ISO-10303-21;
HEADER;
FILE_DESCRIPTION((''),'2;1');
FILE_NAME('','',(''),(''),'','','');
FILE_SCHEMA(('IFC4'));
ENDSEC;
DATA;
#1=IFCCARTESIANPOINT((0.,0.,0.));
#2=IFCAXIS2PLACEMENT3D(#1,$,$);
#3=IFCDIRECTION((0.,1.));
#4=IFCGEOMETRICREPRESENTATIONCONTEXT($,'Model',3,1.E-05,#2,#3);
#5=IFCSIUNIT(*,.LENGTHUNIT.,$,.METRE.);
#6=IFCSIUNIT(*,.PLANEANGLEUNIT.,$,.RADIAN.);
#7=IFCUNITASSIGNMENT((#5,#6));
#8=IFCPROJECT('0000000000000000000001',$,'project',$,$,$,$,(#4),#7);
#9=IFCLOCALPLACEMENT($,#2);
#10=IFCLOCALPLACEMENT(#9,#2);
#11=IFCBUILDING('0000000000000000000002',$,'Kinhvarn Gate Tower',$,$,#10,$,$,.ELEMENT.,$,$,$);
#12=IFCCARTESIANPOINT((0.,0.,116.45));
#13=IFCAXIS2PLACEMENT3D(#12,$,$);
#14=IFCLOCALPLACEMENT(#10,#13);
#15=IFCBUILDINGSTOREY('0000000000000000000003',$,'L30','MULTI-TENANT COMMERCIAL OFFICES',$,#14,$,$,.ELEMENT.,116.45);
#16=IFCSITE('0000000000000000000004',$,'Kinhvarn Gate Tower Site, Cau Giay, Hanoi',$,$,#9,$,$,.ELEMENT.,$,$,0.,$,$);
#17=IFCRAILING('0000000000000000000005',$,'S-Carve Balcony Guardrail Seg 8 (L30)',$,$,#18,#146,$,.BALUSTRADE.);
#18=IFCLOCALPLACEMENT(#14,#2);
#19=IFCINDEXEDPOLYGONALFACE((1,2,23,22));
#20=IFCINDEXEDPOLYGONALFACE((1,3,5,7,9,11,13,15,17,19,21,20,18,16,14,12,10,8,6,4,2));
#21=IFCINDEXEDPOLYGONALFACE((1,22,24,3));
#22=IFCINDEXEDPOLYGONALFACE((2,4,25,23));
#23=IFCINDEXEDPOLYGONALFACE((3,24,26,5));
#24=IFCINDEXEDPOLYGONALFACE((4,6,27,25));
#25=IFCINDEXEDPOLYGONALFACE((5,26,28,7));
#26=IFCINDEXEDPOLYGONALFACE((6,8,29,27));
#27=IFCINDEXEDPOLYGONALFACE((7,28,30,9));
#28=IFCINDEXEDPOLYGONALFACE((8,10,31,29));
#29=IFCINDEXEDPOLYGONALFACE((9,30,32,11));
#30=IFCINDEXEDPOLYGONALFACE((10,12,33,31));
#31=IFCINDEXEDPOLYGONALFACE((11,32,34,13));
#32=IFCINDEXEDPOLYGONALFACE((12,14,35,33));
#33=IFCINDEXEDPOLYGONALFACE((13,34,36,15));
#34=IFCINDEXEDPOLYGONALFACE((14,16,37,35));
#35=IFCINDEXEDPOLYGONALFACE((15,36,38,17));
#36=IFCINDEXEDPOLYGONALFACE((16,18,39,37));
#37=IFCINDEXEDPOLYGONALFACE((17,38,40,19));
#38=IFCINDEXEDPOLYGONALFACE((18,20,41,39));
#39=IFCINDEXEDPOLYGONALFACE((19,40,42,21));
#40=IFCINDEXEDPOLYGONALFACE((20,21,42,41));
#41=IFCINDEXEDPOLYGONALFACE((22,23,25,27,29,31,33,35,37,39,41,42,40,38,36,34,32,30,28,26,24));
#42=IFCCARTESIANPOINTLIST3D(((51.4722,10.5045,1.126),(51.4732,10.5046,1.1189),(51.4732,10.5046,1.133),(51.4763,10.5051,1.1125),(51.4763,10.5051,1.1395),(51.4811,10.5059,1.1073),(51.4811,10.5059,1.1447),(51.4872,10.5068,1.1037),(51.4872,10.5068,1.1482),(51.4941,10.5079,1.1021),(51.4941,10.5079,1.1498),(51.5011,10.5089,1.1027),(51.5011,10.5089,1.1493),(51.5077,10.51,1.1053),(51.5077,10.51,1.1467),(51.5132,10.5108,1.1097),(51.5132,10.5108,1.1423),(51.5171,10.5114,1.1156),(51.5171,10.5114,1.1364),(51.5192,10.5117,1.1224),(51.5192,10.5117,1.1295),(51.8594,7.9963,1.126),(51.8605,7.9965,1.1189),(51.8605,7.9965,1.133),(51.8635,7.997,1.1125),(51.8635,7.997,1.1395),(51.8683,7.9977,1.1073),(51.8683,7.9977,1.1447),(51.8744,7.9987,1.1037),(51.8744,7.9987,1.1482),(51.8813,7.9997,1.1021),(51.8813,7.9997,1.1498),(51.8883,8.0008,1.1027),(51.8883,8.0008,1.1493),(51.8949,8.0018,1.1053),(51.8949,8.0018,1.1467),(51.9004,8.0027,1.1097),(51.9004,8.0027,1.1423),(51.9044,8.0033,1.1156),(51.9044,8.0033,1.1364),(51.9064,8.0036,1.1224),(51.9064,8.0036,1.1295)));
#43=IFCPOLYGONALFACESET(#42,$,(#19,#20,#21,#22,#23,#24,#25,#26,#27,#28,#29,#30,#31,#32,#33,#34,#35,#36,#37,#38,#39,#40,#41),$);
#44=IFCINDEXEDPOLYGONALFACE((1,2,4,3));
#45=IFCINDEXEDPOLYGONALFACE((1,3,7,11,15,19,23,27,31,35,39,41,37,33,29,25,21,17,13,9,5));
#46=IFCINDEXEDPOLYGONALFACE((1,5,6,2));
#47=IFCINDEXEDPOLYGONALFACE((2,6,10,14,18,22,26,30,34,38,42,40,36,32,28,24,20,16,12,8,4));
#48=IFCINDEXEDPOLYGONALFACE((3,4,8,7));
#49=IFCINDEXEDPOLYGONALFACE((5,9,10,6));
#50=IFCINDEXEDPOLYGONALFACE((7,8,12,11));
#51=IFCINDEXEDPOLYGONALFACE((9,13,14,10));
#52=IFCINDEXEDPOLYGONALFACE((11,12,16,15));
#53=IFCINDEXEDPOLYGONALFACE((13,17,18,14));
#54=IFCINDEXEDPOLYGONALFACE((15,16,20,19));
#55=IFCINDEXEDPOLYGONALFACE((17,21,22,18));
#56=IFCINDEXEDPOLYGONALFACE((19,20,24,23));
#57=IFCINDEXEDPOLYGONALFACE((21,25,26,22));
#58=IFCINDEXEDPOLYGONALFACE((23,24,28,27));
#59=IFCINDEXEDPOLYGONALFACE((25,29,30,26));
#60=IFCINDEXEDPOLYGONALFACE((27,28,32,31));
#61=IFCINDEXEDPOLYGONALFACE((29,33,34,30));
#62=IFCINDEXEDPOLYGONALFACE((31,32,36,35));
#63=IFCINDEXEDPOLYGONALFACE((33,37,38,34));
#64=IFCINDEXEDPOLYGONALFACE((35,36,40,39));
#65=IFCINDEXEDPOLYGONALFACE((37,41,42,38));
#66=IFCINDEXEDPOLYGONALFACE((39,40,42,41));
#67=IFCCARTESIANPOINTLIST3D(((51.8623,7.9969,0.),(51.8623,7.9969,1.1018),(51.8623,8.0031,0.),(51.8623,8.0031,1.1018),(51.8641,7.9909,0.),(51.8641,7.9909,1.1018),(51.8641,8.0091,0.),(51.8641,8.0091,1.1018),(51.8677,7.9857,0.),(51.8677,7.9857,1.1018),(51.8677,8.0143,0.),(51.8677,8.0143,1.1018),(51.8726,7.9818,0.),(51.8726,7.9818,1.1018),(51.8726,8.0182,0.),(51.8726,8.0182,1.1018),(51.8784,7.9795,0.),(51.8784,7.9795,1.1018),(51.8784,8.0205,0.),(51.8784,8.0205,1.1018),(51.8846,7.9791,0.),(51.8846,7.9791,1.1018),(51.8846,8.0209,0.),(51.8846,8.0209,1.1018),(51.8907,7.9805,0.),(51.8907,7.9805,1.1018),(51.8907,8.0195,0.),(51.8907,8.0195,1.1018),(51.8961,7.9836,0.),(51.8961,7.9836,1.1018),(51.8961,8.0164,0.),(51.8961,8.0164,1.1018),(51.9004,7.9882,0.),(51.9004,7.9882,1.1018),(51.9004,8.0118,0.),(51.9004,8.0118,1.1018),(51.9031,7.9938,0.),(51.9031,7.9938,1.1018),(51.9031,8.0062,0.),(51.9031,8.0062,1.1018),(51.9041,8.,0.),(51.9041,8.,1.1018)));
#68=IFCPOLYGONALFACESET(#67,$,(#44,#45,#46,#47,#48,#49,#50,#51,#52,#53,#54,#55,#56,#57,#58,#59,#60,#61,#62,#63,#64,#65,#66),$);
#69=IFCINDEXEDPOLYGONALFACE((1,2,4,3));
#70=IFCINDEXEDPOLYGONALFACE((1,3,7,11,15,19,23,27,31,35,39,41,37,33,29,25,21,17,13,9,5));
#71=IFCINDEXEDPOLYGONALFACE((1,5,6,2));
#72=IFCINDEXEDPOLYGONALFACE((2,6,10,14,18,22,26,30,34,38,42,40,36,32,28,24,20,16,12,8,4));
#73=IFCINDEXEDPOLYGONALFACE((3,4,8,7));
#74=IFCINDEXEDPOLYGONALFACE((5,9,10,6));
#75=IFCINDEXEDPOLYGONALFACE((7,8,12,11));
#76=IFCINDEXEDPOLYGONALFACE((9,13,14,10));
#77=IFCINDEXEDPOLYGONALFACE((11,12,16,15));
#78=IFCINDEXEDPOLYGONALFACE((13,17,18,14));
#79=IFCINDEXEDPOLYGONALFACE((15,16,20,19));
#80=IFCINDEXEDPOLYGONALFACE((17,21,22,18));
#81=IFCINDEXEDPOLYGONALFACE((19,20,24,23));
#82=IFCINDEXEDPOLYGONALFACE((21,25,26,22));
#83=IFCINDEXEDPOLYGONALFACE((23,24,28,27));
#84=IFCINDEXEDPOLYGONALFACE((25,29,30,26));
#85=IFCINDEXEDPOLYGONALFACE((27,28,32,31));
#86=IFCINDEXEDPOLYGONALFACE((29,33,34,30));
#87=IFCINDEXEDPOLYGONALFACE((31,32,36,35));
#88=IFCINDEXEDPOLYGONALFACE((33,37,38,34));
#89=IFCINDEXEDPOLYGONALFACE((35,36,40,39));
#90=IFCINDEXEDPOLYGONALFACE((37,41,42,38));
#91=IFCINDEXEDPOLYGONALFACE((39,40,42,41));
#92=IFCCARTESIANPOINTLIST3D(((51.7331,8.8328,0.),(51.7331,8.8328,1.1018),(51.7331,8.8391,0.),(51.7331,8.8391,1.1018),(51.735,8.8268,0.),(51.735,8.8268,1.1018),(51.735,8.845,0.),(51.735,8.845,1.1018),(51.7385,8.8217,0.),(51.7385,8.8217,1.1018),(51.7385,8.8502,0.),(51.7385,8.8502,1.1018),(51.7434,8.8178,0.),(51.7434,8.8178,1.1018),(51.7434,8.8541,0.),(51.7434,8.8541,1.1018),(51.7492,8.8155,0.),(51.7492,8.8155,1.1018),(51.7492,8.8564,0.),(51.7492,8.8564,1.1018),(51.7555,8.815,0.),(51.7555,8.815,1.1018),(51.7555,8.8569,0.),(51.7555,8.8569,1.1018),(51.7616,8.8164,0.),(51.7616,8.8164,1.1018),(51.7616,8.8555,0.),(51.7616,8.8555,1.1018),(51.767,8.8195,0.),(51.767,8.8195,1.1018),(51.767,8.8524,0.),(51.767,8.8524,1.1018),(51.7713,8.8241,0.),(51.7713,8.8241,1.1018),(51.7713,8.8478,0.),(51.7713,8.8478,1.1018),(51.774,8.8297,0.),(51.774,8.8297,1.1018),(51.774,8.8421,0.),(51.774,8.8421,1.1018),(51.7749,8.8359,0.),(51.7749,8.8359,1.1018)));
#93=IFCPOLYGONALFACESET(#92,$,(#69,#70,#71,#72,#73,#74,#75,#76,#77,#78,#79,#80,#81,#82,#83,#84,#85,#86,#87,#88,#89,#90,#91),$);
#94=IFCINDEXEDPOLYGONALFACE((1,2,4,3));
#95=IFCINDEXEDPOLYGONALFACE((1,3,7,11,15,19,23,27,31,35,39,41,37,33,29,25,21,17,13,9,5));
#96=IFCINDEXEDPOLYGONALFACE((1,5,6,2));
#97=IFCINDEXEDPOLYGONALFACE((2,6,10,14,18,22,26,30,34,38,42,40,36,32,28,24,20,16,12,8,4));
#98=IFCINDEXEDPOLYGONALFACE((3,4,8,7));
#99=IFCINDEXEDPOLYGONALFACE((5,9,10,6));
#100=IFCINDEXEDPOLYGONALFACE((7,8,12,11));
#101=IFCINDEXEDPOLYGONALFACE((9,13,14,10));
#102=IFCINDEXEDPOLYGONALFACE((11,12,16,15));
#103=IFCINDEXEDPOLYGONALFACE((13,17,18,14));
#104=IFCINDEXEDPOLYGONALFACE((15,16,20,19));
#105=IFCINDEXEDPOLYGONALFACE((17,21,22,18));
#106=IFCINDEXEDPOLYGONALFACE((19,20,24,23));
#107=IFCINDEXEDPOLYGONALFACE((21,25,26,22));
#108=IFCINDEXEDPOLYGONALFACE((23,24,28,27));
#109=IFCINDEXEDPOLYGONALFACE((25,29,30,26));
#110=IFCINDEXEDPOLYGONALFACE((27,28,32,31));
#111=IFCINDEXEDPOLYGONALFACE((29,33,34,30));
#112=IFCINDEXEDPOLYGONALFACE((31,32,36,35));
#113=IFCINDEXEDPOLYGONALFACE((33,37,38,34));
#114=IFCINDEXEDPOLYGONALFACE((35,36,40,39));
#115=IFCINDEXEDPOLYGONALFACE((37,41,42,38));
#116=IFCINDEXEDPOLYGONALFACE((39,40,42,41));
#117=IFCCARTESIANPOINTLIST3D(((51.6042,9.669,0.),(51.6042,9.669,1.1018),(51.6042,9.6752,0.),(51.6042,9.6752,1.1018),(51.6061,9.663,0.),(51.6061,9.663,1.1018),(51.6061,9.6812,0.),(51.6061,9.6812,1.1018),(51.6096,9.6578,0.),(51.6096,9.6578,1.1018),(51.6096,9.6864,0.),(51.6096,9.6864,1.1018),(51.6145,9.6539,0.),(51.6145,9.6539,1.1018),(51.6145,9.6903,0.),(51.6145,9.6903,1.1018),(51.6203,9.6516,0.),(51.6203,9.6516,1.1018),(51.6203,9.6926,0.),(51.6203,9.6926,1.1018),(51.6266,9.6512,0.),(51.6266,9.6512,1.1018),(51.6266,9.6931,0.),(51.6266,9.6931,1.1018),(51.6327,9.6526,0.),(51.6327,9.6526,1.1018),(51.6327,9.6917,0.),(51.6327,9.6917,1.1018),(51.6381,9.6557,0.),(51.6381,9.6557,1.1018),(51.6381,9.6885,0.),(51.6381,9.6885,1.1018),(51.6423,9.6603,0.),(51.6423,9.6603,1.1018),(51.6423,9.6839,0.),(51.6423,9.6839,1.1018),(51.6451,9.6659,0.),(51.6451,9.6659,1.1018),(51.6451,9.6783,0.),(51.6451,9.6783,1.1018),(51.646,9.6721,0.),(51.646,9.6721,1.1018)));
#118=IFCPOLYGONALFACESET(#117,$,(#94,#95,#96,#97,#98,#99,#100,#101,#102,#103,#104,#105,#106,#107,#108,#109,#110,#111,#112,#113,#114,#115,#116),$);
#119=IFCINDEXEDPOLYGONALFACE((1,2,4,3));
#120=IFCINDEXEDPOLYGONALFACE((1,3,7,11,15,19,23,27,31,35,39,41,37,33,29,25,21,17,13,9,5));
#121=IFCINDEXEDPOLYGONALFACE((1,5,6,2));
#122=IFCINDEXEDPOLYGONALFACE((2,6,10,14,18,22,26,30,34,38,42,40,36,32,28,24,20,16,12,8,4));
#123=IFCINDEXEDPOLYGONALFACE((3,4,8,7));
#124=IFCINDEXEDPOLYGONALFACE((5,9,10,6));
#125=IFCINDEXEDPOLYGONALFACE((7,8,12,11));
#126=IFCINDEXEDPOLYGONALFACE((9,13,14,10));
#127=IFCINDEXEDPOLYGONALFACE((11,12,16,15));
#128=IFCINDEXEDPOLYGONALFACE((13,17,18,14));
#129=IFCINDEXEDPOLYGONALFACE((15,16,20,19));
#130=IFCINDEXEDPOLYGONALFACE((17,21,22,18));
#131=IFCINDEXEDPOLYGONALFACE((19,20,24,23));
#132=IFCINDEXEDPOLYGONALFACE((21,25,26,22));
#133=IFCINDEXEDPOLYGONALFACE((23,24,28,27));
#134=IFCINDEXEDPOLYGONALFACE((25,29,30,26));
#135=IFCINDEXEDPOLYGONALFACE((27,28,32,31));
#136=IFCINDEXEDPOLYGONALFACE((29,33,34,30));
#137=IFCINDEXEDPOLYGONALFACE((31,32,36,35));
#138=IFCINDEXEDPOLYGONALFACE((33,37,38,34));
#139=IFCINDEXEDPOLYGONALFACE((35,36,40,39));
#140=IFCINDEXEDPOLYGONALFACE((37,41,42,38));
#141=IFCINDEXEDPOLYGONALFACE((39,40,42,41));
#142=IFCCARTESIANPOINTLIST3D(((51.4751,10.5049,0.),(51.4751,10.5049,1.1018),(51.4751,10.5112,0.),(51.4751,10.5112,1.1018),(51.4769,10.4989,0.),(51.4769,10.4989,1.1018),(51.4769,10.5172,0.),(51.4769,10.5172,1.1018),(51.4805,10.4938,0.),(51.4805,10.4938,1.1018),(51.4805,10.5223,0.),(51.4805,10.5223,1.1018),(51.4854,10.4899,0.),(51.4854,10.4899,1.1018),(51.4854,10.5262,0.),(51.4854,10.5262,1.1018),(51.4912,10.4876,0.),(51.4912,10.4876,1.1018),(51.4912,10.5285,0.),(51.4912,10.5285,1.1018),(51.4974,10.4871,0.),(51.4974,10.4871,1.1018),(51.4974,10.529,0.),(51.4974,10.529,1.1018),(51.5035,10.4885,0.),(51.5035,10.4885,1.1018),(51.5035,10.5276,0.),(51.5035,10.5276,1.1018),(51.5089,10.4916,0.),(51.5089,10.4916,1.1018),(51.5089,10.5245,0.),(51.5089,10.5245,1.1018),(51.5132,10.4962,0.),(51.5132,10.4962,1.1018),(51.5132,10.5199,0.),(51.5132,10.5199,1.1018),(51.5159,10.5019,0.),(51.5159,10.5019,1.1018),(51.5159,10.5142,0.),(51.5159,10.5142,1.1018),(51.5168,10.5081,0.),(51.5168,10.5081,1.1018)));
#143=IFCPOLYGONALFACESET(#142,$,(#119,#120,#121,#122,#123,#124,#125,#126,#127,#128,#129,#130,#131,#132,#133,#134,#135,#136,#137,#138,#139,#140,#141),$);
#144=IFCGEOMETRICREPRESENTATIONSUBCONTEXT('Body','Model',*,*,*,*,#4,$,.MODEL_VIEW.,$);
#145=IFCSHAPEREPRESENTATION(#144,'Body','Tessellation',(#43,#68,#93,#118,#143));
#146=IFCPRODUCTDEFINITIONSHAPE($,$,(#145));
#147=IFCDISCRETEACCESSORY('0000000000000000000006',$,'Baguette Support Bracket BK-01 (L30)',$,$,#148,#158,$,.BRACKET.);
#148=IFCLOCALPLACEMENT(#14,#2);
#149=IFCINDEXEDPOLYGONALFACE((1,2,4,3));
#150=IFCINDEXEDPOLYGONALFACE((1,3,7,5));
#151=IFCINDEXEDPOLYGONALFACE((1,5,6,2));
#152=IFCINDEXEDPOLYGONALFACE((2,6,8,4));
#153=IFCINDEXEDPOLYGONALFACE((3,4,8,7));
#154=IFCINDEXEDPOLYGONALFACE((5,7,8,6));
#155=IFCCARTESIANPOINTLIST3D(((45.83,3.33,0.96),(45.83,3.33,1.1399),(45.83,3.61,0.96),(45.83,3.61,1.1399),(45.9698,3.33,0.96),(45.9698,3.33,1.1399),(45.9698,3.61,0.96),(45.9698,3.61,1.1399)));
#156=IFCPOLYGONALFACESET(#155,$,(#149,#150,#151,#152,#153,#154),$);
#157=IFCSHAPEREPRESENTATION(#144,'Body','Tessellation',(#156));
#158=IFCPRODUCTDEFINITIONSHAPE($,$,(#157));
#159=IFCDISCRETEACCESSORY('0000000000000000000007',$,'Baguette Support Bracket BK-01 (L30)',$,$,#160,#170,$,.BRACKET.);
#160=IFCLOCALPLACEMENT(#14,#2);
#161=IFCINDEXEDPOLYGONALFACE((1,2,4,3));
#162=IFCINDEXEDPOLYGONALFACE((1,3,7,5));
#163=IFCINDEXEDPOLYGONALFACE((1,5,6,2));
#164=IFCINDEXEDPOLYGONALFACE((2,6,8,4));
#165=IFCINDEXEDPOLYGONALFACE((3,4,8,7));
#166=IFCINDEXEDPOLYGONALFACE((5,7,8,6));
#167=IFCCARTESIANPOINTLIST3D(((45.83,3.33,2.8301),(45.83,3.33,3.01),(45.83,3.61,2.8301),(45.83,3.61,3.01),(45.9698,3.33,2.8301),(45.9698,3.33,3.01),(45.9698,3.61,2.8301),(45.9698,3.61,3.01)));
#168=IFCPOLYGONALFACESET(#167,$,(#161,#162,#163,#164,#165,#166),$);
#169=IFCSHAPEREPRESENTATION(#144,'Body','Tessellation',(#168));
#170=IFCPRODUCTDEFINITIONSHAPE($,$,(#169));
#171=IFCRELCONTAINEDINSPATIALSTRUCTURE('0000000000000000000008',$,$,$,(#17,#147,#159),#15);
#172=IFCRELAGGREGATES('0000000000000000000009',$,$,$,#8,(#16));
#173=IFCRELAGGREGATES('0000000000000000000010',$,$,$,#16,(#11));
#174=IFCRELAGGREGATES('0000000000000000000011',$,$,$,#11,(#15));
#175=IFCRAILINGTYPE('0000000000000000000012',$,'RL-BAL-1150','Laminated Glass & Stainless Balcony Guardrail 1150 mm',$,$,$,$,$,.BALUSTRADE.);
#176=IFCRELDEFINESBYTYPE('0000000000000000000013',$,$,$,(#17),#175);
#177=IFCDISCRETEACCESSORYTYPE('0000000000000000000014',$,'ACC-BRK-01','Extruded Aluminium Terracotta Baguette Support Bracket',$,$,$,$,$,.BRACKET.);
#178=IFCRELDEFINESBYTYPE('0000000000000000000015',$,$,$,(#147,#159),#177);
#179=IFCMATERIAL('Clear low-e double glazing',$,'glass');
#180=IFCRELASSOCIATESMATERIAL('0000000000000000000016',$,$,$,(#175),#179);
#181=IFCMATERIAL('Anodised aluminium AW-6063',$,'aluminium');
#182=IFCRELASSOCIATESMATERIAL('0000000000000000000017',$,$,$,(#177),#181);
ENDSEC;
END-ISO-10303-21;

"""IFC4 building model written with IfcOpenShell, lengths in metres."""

from ifc_helpers import new_model, si_unit, direction, frame, origin, origin_2d, place, context, subcontext, project, spatial, rectangle, circle, extrude, material, type_object, element, save


model = new_model("IFC4")

# Units and contexts
model_context = context("Model", 3, precision=1e-05, world=origin(), true_north=direction((0.0, 1.0)))
body_context = subcontext(model_context, "Body", "Model", "MODEL_VIEW")
ifc_project = project(units=[si_unit("LENGTHUNIT", "METRE"), si_unit("PLANEANGLEUNIT", "RADIAN")], contexts=[model_context])

# Site, building, storey
site_placement = place(None, origin())
site = spatial("IfcSite", under=ifc_project, at=site_placement, Name="Kinhvarn Gate Tower Site, Cau Giay, Hanoi", CompositionType="ELEMENT", RefElevation=0.0)
building_placement = place(site_placement, origin())
building = spatial("IfcBuilding", under=site, at=building_placement, Name="Kinhvarn Gate Tower", CompositionType="ELEMENT")
storey_placement = place(building_placement, frame((0.0, 0.0, 116.45)))
storey = spatial("IfcBuildingStorey", under=building, at=storey_placement, Name="L30", Description="MULTI-TENANT COMMERCIAL OFFICES", CompositionType="ELEMENT", Elevation=116.45)

# Shared definitions
ifc_material_1 = material(Name="Anodised aluminium AW-6063", Category="aluminium")

# Shared definitions
ifc_material_2 = material(Name="Clear low-e double glazing", Category="glass")

# Railing
railing_type = type_object("IfcRailingType", Name="RL-BAL-1150", Description="Laminated Glass & Stainless Balcony Guardrail 1150 mm", PredefinedType="BALUSTRADE", material=ifc_material_2)
railing_1_placement = place(storey_placement, frame((51.8831, 8.0, 0.0)))
element("IfcRailing", 1, at=railing_1_placement, inside=storey, type_object=railing_type, Name="S-Carve Balcony Guardrail Seg 8 (L30)", PredefinedType="BALUSTRADE", context=body_context, shape_type="SweptSolid", body=[
    extrude(circle(Radius=0.0239, at=origin_2d()), frame((0.0, 0.0, 1.126), z_axis=(-0.152578, 0.988291, 0.0), x_axis=(-0.988291, -0.152578, 0.0)), (0.0, 0.0, 1.0), 2.5378),
    extrude(circle(Radius=0.021, at=origin_2d()), origin(), (0.0, 0.0, 1.0), 1.1018),
    extrude(circle(Radius=0.021, at=origin_2d()), frame((-0.1292, 0.8359, 0.0)), (0.0, 0.0, 1.0), 1.1018),
    extrude(circle(Radius=0.021, at=origin_2d()), frame((-0.2581, 1.6721, 0.0)), (0.0, 0.0, 1.0), 1.1018),
    extrude(circle(Radius=0.021, at=origin_2d()), frame((-0.3872, 2.5081, 0.0)), (0.0, 0.0, 1.0), 1.1018),
])

# Discrete accessories
discrete_accessory_type = type_object("IfcDiscreteAccessoryType", Name="ACC-BRK-01", Description="Extruded Aluminium Terracotta Baguette Support Bracket", PredefinedType="BRACKET", material=ifc_material_1)
for number, where, z_axis, x_axis, name in (
    (2, (45.8999, 3.47, 0.96), (0.0, 0.0, 1.0), (1.0, 0.0, 0.0), "Baguette Support Bracket BK-01 (L30)"),
    (3, (45.8999, 3.47, 2.8301), (0.0, 0.0, 1.0), (1.0, 0.0, 0.0), "Baguette Support Bracket BK-01 (L30)"),
):
    element("IfcDiscreteAccessory", number, at=place(storey_placement, frame(where, z_axis=z_axis, x_axis=x_axis)), inside=storey, type_object=discrete_accessory_type, Name=name, PredefinedType="BRACKET", context=body_context, shape_type="SweptSolid", body=[
        extrude(rectangle(XDim=0.1399, YDim=0.28, at=origin_2d()), origin(), (0.0, 0.0, 1.0), 0.1799),
    ])

save(model, "model.ifc")
